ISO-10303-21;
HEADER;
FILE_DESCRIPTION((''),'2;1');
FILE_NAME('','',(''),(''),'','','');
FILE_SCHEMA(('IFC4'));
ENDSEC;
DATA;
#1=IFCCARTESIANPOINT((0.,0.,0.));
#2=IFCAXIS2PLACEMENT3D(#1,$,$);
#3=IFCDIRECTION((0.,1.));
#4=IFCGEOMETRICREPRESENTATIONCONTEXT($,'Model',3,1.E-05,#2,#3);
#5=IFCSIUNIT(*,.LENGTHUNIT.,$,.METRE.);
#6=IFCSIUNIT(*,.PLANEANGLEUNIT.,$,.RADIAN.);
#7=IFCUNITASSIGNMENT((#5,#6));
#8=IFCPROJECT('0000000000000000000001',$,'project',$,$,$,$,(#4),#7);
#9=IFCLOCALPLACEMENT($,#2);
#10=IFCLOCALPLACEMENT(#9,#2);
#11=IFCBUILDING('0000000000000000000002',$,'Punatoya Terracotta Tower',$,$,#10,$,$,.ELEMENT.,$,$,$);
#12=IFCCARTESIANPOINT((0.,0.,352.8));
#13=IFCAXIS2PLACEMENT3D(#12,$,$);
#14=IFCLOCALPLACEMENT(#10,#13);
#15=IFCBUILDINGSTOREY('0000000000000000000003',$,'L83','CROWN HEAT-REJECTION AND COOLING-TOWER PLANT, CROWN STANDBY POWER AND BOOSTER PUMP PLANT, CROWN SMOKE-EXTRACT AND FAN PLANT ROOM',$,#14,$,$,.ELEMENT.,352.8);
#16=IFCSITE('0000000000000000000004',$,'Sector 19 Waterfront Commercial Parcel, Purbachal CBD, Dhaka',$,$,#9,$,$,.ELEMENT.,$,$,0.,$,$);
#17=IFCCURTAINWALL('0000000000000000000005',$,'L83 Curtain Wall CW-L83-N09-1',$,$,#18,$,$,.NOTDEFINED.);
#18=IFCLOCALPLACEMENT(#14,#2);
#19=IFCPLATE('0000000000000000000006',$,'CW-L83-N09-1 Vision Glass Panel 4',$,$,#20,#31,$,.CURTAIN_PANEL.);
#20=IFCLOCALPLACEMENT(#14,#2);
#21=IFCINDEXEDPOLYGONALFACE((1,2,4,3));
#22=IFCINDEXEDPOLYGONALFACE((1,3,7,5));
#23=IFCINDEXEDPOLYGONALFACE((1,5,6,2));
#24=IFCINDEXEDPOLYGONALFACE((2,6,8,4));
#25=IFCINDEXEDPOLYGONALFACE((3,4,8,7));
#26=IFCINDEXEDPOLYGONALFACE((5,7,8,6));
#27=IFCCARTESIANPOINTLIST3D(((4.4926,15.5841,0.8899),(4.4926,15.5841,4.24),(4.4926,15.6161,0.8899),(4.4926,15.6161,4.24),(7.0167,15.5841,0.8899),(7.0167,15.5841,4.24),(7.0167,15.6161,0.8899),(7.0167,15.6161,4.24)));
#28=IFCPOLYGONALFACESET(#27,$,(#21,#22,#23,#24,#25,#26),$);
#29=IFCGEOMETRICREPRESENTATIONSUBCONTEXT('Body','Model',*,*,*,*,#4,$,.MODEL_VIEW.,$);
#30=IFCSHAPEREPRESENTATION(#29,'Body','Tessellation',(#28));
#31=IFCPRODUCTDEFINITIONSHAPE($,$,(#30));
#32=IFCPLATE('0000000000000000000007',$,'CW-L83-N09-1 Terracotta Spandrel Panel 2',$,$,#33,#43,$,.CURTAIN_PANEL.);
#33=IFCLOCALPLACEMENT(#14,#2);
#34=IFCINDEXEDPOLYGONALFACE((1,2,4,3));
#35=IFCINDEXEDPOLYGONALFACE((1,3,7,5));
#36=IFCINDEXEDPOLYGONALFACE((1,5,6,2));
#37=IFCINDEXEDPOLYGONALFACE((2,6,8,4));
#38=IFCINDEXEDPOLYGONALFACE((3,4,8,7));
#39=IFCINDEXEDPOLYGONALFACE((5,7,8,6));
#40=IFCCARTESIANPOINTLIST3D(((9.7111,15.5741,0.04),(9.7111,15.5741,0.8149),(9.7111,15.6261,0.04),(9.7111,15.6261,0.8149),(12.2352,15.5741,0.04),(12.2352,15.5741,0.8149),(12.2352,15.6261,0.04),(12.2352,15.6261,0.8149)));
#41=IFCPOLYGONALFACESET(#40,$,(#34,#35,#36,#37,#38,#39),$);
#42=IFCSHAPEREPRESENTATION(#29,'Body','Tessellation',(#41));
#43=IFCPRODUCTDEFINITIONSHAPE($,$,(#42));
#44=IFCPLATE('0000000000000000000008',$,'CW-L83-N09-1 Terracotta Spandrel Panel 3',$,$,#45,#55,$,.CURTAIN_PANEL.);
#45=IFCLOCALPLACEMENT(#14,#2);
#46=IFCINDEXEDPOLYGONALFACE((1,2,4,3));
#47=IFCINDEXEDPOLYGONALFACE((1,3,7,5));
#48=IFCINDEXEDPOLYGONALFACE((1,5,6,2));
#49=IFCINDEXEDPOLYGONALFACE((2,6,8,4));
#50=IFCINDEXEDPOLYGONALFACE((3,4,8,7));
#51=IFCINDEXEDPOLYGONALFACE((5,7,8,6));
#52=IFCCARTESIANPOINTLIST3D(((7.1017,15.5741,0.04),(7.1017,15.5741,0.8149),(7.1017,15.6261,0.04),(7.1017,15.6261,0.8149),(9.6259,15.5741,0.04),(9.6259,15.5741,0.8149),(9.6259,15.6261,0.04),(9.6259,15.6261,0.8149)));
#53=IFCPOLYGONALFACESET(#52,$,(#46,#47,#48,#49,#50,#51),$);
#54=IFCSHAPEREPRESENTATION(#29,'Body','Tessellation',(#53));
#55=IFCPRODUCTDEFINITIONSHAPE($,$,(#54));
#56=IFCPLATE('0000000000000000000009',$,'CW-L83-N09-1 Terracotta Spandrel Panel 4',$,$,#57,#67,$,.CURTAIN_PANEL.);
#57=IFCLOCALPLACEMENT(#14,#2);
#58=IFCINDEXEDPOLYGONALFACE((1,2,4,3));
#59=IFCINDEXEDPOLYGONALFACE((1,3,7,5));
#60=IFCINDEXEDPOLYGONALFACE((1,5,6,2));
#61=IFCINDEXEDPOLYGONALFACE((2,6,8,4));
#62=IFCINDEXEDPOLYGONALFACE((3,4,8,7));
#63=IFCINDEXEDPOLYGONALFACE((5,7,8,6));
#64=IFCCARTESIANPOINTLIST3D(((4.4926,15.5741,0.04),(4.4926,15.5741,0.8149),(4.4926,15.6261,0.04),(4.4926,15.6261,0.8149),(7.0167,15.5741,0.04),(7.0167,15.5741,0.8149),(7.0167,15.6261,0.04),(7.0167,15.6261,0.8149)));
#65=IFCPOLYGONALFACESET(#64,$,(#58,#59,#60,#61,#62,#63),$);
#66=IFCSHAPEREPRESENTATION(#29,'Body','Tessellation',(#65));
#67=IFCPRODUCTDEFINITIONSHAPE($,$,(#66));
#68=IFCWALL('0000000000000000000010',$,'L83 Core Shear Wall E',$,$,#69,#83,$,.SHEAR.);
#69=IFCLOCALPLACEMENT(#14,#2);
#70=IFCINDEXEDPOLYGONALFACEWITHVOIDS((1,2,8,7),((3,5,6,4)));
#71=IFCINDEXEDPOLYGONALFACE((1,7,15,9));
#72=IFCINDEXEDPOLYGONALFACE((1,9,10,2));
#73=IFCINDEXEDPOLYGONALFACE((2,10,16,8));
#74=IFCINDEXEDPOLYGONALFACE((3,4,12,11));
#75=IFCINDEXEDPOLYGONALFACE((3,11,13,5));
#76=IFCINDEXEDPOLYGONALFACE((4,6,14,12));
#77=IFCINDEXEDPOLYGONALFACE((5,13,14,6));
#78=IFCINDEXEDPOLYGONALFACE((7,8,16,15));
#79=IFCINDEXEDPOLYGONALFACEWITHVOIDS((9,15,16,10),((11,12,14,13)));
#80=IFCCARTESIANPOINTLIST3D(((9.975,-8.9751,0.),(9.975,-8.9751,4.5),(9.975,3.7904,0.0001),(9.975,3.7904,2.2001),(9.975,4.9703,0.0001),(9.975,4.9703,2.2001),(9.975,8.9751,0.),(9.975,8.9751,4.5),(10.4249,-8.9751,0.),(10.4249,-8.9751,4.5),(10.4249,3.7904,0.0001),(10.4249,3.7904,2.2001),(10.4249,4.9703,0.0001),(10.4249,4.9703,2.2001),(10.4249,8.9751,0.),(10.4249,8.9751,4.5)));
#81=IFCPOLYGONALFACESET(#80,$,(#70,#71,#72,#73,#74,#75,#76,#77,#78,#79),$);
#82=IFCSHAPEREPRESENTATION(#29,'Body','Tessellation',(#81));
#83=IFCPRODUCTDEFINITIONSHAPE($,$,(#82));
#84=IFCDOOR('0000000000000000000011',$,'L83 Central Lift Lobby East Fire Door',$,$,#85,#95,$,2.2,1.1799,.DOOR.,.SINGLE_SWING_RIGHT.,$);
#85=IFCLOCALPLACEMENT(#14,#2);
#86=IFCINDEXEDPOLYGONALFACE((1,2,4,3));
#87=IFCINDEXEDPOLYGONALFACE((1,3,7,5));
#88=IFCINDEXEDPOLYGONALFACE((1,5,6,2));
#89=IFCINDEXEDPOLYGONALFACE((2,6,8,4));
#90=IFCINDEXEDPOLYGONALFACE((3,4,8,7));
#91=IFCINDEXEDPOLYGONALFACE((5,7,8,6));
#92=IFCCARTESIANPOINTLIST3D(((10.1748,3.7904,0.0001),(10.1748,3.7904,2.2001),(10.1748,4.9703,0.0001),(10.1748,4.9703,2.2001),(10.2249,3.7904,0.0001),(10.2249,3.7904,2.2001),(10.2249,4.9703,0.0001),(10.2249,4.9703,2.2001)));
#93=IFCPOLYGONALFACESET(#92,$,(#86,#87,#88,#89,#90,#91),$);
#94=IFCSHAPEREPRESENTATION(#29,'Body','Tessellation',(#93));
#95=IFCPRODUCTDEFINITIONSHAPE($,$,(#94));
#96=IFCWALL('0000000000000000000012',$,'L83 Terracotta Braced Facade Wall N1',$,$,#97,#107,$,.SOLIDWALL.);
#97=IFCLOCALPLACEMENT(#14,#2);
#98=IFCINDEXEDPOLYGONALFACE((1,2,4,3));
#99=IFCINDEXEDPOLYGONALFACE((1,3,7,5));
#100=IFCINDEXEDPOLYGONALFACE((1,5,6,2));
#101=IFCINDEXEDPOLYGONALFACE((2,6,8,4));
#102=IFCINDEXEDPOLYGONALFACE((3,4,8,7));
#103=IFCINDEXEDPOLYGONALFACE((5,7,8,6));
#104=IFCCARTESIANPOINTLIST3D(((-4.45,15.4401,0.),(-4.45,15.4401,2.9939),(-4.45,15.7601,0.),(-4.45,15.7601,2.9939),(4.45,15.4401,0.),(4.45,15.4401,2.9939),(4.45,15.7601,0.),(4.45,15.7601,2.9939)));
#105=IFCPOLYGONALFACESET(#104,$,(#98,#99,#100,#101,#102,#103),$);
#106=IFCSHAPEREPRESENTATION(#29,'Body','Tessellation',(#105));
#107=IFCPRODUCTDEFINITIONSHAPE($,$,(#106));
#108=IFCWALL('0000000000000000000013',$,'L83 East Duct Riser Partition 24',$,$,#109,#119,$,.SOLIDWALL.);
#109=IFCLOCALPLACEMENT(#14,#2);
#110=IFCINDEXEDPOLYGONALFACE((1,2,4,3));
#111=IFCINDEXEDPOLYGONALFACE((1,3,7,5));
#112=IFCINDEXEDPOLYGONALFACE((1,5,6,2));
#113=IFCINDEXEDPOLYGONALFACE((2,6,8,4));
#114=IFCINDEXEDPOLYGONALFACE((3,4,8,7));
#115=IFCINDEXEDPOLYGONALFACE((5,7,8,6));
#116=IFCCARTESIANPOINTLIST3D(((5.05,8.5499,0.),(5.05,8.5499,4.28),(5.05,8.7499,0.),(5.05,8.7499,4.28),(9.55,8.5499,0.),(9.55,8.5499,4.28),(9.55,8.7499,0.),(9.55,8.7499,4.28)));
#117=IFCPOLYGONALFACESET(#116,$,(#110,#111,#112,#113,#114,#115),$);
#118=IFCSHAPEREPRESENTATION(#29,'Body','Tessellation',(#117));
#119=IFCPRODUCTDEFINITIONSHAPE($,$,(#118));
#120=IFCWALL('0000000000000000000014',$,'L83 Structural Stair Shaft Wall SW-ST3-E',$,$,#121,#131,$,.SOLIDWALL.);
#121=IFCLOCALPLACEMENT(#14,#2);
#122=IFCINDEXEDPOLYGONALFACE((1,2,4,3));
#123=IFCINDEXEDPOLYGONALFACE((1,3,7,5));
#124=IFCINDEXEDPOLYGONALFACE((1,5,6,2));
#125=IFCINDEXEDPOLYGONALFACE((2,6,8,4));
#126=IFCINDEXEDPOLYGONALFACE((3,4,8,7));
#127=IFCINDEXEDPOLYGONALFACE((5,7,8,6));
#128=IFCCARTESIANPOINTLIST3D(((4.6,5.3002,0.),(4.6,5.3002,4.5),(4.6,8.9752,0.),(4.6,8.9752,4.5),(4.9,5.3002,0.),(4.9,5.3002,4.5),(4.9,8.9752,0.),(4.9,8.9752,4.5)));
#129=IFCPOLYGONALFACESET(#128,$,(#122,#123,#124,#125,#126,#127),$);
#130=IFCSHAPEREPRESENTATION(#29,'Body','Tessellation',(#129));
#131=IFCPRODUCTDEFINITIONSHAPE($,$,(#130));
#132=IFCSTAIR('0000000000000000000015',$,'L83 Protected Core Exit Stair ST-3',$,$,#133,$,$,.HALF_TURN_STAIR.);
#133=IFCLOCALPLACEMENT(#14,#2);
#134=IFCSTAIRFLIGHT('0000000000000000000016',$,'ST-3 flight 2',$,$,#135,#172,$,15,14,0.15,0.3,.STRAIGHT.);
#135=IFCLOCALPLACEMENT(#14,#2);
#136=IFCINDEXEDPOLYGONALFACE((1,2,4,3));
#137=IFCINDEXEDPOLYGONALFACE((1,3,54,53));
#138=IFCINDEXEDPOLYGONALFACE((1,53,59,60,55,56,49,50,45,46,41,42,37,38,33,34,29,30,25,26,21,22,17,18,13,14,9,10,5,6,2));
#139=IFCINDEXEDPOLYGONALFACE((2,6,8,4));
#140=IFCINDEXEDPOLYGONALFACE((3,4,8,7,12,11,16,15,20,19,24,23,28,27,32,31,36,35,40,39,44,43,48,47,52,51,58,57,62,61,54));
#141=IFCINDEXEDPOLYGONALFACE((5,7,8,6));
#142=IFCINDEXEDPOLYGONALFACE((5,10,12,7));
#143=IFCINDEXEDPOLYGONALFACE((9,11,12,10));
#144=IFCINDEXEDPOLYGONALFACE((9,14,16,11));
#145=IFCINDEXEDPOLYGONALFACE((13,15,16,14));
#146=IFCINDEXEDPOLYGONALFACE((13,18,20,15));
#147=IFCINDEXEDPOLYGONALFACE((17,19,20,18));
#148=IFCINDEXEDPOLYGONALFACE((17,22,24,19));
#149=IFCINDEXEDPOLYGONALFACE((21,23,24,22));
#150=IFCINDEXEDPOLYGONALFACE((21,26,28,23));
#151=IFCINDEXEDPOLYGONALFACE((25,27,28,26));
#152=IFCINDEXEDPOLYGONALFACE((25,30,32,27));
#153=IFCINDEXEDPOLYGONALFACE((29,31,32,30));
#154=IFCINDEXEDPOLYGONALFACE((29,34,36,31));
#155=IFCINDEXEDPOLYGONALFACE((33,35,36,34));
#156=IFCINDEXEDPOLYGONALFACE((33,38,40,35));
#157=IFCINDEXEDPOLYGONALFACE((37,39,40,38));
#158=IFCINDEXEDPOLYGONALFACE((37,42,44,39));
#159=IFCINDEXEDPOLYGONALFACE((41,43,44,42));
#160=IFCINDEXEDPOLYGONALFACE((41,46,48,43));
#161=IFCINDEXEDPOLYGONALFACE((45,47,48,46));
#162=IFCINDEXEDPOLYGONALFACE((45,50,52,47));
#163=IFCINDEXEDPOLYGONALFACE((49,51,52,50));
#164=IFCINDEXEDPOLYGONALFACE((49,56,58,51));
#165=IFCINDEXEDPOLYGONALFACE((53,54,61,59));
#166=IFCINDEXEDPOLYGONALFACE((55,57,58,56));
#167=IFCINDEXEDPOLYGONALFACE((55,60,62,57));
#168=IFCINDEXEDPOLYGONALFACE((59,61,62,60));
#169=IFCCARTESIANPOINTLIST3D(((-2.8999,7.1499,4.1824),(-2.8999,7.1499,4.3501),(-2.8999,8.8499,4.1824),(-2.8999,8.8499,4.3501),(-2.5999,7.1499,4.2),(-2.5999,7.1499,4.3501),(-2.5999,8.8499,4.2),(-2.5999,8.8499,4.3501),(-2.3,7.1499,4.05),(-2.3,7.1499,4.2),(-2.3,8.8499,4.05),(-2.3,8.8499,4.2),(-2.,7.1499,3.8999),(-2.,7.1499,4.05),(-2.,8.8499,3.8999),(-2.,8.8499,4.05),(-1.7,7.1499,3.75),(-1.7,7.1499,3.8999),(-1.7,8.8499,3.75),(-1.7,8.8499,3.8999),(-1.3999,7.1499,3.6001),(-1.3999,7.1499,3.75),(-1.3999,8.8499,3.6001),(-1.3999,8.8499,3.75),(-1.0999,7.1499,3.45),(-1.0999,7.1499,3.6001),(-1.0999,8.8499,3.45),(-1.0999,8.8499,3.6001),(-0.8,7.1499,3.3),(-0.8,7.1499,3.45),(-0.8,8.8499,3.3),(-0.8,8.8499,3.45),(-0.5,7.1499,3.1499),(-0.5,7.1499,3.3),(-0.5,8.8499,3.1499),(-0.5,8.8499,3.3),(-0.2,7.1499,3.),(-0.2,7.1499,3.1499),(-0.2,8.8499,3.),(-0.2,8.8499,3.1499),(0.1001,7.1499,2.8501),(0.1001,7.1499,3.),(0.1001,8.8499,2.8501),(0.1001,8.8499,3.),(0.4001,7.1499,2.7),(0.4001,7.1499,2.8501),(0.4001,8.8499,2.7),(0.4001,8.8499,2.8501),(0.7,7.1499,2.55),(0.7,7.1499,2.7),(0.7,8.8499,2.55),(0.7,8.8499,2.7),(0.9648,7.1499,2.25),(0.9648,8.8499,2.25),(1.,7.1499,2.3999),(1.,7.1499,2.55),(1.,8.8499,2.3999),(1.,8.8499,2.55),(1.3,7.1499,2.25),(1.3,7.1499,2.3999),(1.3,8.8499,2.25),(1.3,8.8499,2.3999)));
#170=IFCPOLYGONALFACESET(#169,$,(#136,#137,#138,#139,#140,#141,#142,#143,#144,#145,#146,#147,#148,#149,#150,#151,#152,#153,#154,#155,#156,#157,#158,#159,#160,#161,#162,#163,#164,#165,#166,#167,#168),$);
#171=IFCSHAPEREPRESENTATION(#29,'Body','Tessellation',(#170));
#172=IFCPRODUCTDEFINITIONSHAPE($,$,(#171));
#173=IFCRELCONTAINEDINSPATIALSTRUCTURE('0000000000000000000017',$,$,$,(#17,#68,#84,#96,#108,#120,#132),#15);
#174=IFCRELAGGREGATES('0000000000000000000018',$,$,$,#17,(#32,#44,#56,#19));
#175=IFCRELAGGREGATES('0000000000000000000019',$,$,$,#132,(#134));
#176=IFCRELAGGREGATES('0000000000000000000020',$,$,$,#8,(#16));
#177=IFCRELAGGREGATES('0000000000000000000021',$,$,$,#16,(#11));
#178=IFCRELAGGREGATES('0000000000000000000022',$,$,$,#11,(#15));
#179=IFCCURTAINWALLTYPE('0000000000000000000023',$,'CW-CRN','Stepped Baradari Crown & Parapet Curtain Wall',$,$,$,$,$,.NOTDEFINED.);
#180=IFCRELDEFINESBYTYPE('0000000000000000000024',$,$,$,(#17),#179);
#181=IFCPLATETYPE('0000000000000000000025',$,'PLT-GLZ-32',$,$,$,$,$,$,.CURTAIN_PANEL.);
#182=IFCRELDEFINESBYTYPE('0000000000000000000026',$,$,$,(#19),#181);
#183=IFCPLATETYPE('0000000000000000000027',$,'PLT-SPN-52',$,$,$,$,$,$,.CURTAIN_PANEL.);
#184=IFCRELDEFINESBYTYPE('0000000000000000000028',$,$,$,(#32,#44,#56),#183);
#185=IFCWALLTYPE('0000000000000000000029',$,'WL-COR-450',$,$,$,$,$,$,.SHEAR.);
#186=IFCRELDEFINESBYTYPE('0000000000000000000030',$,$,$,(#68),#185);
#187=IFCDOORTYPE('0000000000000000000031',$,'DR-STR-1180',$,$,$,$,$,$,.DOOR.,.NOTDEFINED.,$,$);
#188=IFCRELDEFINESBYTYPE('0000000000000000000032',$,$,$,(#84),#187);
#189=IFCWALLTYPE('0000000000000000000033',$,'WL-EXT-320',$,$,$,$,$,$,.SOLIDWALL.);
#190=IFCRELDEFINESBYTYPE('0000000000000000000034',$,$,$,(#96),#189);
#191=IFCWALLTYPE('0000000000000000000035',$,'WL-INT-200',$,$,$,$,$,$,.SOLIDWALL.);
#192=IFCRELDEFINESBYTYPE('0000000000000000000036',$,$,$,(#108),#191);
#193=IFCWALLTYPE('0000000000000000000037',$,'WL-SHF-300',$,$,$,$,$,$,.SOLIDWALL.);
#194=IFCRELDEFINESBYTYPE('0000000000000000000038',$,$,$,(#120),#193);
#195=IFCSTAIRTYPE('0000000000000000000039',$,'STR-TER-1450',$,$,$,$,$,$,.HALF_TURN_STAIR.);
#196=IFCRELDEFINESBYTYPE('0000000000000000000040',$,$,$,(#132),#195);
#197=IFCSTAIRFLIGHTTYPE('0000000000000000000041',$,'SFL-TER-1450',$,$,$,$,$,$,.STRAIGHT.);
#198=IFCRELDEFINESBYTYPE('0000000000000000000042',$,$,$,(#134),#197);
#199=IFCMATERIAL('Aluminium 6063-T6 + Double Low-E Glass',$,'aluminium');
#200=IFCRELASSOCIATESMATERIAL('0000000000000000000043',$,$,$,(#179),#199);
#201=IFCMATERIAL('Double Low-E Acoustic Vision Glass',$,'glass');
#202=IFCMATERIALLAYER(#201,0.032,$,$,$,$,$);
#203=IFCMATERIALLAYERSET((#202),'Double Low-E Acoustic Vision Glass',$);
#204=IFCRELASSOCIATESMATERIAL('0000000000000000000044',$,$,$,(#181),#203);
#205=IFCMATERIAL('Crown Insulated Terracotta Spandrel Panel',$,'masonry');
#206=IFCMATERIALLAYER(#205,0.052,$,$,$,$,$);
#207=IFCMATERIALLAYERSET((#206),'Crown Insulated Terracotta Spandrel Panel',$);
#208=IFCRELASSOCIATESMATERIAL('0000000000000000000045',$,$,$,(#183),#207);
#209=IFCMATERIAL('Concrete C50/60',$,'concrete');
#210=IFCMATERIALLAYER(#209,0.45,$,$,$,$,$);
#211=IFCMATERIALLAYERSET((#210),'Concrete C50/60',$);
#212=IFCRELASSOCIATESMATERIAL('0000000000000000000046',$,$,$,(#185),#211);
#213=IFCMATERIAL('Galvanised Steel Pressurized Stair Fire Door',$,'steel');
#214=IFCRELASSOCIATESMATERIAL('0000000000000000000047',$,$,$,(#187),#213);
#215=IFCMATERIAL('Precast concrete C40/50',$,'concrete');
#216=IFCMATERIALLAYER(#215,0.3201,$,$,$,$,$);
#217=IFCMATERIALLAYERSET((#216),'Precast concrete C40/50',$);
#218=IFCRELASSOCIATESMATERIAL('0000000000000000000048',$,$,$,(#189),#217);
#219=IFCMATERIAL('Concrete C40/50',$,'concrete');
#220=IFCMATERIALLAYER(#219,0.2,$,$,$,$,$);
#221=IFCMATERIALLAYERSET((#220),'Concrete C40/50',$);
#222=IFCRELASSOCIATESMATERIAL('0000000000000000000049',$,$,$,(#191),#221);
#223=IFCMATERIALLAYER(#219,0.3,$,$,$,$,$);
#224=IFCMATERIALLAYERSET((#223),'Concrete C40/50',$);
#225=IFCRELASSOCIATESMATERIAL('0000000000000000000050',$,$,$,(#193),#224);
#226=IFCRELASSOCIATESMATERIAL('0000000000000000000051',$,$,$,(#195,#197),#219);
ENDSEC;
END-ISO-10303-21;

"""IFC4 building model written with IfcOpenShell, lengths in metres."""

from ifc_helpers import new_model, si_unit, direction, frame, frame_2d, origin, origin_2d, place, context, subcontext, project, spatial, polyline, rectangle, outline, extrude, material, layer, layer_set, type_object, element, fill, aggregate, save


model = new_model("IFC4")

# Units and contexts
model_context = context("Model", 3, precision=1e-05, world=origin(), true_north=direction((0.0, 1.0)))
body_context = subcontext(model_context, "Body", "Model", "MODEL_VIEW")
ifc_project = project(units=[si_unit("LENGTHUNIT", "METRE"), si_unit("PLANEANGLEUNIT", "RADIAN")], contexts=[model_context])

# Site, building, storey
site_placement = place(None, origin())
site = spatial("IfcSite", under=ifc_project, at=site_placement, Name="Sector 19 Waterfront Commercial Parcel, Purbachal CBD, Dhaka", CompositionType="ELEMENT", RefElevation=0.0)
building_placement = place(site_placement, origin())
building = spatial("IfcBuilding", under=site, at=building_placement, Name="Punatoya Terracotta Tower", CompositionType="ELEMENT")
storey_placement = place(building_placement, frame((0.0, 0.0, 352.8)))
storey = spatial("IfcBuildingStorey", under=building, at=storey_placement, Name="L83", Description="CROWN HEAT-REJECTION AND COOLING-TOWER PLANT, CROWN STANDBY POWER AND BOOSTER PUMP PLANT, CROWN SMOKE-EXTRACT AND FAN PLANT ROOM", CompositionType="ELEMENT", Elevation=352.8)

# Curtain wall
ifc_material_1 = material(Name="Aluminium 6063-T6 + Double Low-E Glass", Category="aluminium")
curtain_wall_type = type_object("IfcCurtainWallType", Name="CW-CRN", Description="Stepped Baradari Crown & Parapet Curtain Wall", PredefinedType="NOTDEFINED", material=ifc_material_1)
curtain_wall_placement = place(storey_placement, origin())
curtain_wall = element("IfcCurtainWall", 1, at=curtain_wall_placement, inside=storey, type_object=curtain_wall_type, Name="L83 Curtain Wall CW-L83-N09-1", PredefinedType="NOTDEFINED")

# Plates
ifc_material_2 = material(Name="Double Low-E Acoustic Vision Glass", Category="glass")
ifc_layer_1 = layer(ifc_material_2, 0.032)
ifc_layer_set_1 = layer_set([ifc_layer_1], Name="Double Low-E Acoustic Vision Glass")
plate_type_1 = type_object("IfcPlateType", Name="PLT-GLZ-32", PredefinedType="CURTAIN_PANEL", material=ifc_layer_set_1)
plate_1_placement = place(storey_placement, frame((5.7546, 15.6001, 0.8899), z_axis=(0.0, 0.0, 1.0), x_axis=(-1.0, 0.0, 0.0)))
plate_1 = element("IfcPlate", 2, at=plate_1_placement, type_object=plate_type_1, Name="CW-L83-N09-1 Vision Glass Panel 4", PredefinedType="CURTAIN_PANEL", context=body_context, shape_type="SweptSolid", body=[
    extrude(rectangle(XDim=2.5242, YDim=0.032, at=origin_2d()), origin(), (0.0, 0.0, 1.0), 3.3501),
])
ifc_material_3 = material(Name="Crown Insulated Terracotta Spandrel Panel", Category="masonry")
ifc_layer_2 = layer(ifc_material_3, 0.052)
ifc_layer_set_2 = layer_set([ifc_layer_2], Name="Crown Insulated Terracotta Spandrel Panel")
plate_type_2 = type_object("IfcPlateType", Name="PLT-SPN-52", PredefinedType="CURTAIN_PANEL", material=ifc_layer_set_2)
plate_2_placement = place(storey_placement, frame((10.9731, 15.6001, 0.04), z_axis=(0.0, 0.0, 1.0), x_axis=(-1.0, 0.0, 0.0)))
plate_2 = element("IfcPlate", 3, at=plate_2_placement, type_object=plate_type_2, Name="CW-L83-N09-1 Terracotta Spandrel Panel 2", PredefinedType="CURTAIN_PANEL", context=body_context, shape_type="SweptSolid", body=[
    extrude(rectangle(XDim=2.5242, YDim=0.052, at=origin_2d()), origin(), (0.0, 0.0, 1.0), 0.7749),
])
plate_3_placement = place(storey_placement, frame((8.3638, 15.6001, 0.04), z_axis=(0.0, 0.0, 1.0), x_axis=(-1.0, 0.0, 0.0)))
plate_3 = element("IfcPlate", 4, at=plate_3_placement, type_object=plate_type_2, Name="CW-L83-N09-1 Terracotta Spandrel Panel 3", PredefinedType="CURTAIN_PANEL", context=body_context, shape_type="SweptSolid", body=[
    extrude(rectangle(XDim=2.5242, YDim=0.052, at=origin_2d()), origin(), (0.0, 0.0, 1.0), 0.7749),
])
plate_4_placement = place(storey_placement, frame((5.7546, 15.6001, 0.04), z_axis=(0.0, 0.0, 1.0), x_axis=(-1.0, 0.0, 0.0)))
plate_4 = element("IfcPlate", 5, at=plate_4_placement, type_object=plate_type_2, Name="CW-L83-N09-1 Terracotta Spandrel Panel 4", PredefinedType="CURTAIN_PANEL", context=body_context, shape_type="SweptSolid", body=[
    extrude(rectangle(XDim=2.5242, YDim=0.052, at=origin_2d()), origin(), (0.0, 0.0, 1.0), 0.7749),
])
aggregate(curtain_wall, [plate_2, plate_3, plate_4, plate_1])

# Wall, opening, door
ifc_material_4 = material(Name="Concrete C50/60", Category="concrete")
ifc_layer_3 = layer(ifc_material_4, 0.45)
ifc_layer_set_3 = layer_set([ifc_layer_3], Name="Concrete C50/60")
wall_type_1 = type_object("IfcWallType", Name="WL-COR-450", PredefinedType="SHEAR", material=ifc_layer_set_3)
wall_1_placement = place(storey_placement, frame((10.2, 8.9751, 0.0), z_axis=(0.0, 0.0, 1.0), x_axis=(0.0, -1.0, 0.0)))
wall_1 = element("IfcWall", 6, at=wall_1_placement, inside=storey, type_object=wall_type_1, Name="L83 Core Shear Wall E", PredefinedType="SHEAR", context=body_context, shape_type="SweptSolid", body=[
    extrude(rectangle(XDim=17.9502, YDim=0.45, at=frame_2d((8.9751, 0.0))), origin(), (0.0, 0.0, 1.0), 4.5),
])
opening_placement = place(wall_1_placement, frame((4.0049, 0.0, 0.0)))
opening = element("IfcOpeningElement", 7, at=opening_placement, cuts=wall_1, PredefinedType="OPENING", context=body_context, shape_type="SweptSolid", body=[
    extrude(rectangle(XDim=1.1799, YDim=2.2, at=frame_2d((0.5898, 1.1001))), frame((0.0, 0.2349, 0.0), z_axis=(0.0, -1.0, 0.0), x_axis=(1.0, 0.0, 0.0)), (0.0, 0.0, 1.0), 0.47),
])
ifc_material_5 = material(Name="Galvanised Steel Pressurized Stair Fire Door", Category="steel")
door_type = type_object("IfcDoorType", Name="DR-STR-1180", OperationType="NOTDEFINED", PredefinedType="DOOR", material=ifc_material_5)
door_placement = place(opening_placement, origin())
door = element("IfcDoor", 8, at=door_placement, inside=storey, type_object=door_type, Name="L83 Central Lift Lobby East Fire Door", OperationType="SINGLE_SWING_RIGHT", OverallHeight=2.2, OverallWidth=1.1799, PredefinedType="DOOR", context=body_context, shape_type="SweptSolid", body=[
    extrude(rectangle(XDim=1.1799, YDim=2.2, at=frame_2d((0.5898, 1.1001))), frame((0.0, 0.0249, 0.0), z_axis=(0.0, -1.0, 0.0), x_axis=(1.0, 0.0, 0.0)), (0.0, 0.0, 1.0), 0.05),
])
fill(opening, door)

# Walls
ifc_material_6 = material(Name="Precast concrete C40/50", Category="concrete")
ifc_layer_4 = layer(ifc_material_6, 0.3201)
ifc_layer_set_4 = layer_set([ifc_layer_4], Name="Precast concrete C40/50")
wall_type_2 = type_object("IfcWallType", Name="WL-EXT-320", PredefinedType="SOLIDWALL", material=ifc_layer_set_4)
wall_2_placement = place(storey_placement, frame((4.45, 15.6001, 0.0), z_axis=(0.0, 0.0, 1.0), x_axis=(-1.0, 0.0, 0.0)))
element("IfcWall", 9, at=wall_2_placement, inside=storey, type_object=wall_type_2, Name="L83 Terracotta Braced Facade Wall N1", PredefinedType="SOLIDWALL", context=body_context, shape_type="SweptSolid", body=[
    extrude(rectangle(XDim=8.8999, YDim=0.3201, at=frame_2d((4.45, 0.0))), origin(), (0.0, 0.0, 1.0), 2.9939),
])
ifc_material_7 = material(Name="Concrete C40/50", Category="concrete")
ifc_layer_5 = layer(ifc_material_7, 0.2)
ifc_layer_set_5 = layer_set([ifc_layer_5], Name="Concrete C40/50")
wall_type_3 = type_object("IfcWallType", Name="WL-INT-200", PredefinedType="SOLIDWALL", material=ifc_layer_set_5)
wall_3_placement = place(storey_placement, frame((9.55, 8.6499, 0.0), z_axis=(0.0, 0.0, 1.0), x_axis=(-1.0, 0.0, 0.0)))
element("IfcWall", 10, at=wall_3_placement, inside=storey, type_object=wall_type_3, Name="L83 East Duct Riser Partition 24", PredefinedType="SOLIDWALL", context=body_context, shape_type="SweptSolid", body=[
    extrude(rectangle(XDim=4.5, YDim=0.2, at=frame_2d((2.25, 0.0))), origin(), (0.0, 0.0, 1.0), 4.28),
])
ifc_layer_6 = layer(ifc_material_7, 0.3)
ifc_layer_set_6 = layer_set([ifc_layer_6], Name="Concrete C40/50")
wall_type_4 = type_object("IfcWallType", Name="WL-SHF-300", PredefinedType="SOLIDWALL", material=ifc_layer_set_6)
wall_4_placement = place(storey_placement, frame((4.75, 8.9751, 0.0), z_axis=(0.0, 0.0, 1.0), x_axis=(0.0, -1.0, 0.0)))
element("IfcWall", 11, at=wall_4_placement, inside=storey, type_object=wall_type_4, Name="L83 Structural Stair Shaft Wall SW-ST3-E", PredefinedType="SOLIDWALL", context=body_context, shape_type="SweptSolid", body=[
    extrude(rectangle(XDim=3.675, YDim=0.3, at=frame_2d((1.8374, 0.0))), origin(), (0.0, 0.0, 1.0), 4.5),
])

# Stair, stair flight
stair_type = type_object("IfcStairType", Name="STR-TER-1450", PredefinedType="HALF_TURN_STAIR", material=ifc_material_7)
stair_placement = place(storey_placement, origin())
stair = element("IfcStair", 12, at=stair_placement, inside=storey, type_object=stair_type, Name="L83 Protected Core Exit Stair ST-3", PredefinedType="HALF_TURN_STAIR")
stair_flight_type = type_object("IfcStairFlightType", Name="SFL-TER-1450", PredefinedType="STRAIGHT", material=ifc_material_7)
stair_flight_placement = place(storey_placement, frame((1.3, 8.0, 2.25), z_axis=(0.0, 0.0, 1.0), x_axis=(-1.0, 0.0, 0.0)))
stair_flight = element("IfcStairFlight", 13, at=stair_flight_placement, type_object=stair_flight_type, Name="ST-3 flight 2", NumberOfRisers=15, NumberOfTreads=14, PredefinedType="STRAIGHT", RiserHeight=0.15, TreadLength=0.3, context=body_context, shape_type="SweptSolid", body=[
    extrude(outline(polyline([(0.0, 0.0), (0.0, 0.1499), (0.3, 0.1499), (0.3, 0.3), (0.6001, 0.3), (0.6001, 0.45), (0.8999, 0.45), (0.8999, 0.6001), (1.2, 0.6001), (1.2, 0.75), (1.5, 0.75), (1.5, 0.8999), (1.8, 0.8999), (1.8, 1.05), (2.1001, 1.05), (2.1001, 1.2), (2.3999, 1.2), (2.3999, 1.3501), (2.7, 1.3501), (2.7, 1.5), (3.0, 1.5), (3.0, 1.6499), (3.3, 1.6499), (3.3, 1.8), (3.6001, 1.8), (3.6001, 1.95), (3.8999, 1.95), (3.8999, 2.1001), (4.2, 2.1001), (4.2, 2.25), (4.2, 1.9324), (0.3352, 0.0), (0.0, 0.0)])), frame((0.0, 0.8501, 0.0), z_axis=(0.0, -1.0, 0.0), x_axis=(1.0, 0.0, 0.0)), (0.0, 0.0, 1.0), 1.7),
])
aggregate(stair, [stair_flight])

save(model, "model.ifc")
